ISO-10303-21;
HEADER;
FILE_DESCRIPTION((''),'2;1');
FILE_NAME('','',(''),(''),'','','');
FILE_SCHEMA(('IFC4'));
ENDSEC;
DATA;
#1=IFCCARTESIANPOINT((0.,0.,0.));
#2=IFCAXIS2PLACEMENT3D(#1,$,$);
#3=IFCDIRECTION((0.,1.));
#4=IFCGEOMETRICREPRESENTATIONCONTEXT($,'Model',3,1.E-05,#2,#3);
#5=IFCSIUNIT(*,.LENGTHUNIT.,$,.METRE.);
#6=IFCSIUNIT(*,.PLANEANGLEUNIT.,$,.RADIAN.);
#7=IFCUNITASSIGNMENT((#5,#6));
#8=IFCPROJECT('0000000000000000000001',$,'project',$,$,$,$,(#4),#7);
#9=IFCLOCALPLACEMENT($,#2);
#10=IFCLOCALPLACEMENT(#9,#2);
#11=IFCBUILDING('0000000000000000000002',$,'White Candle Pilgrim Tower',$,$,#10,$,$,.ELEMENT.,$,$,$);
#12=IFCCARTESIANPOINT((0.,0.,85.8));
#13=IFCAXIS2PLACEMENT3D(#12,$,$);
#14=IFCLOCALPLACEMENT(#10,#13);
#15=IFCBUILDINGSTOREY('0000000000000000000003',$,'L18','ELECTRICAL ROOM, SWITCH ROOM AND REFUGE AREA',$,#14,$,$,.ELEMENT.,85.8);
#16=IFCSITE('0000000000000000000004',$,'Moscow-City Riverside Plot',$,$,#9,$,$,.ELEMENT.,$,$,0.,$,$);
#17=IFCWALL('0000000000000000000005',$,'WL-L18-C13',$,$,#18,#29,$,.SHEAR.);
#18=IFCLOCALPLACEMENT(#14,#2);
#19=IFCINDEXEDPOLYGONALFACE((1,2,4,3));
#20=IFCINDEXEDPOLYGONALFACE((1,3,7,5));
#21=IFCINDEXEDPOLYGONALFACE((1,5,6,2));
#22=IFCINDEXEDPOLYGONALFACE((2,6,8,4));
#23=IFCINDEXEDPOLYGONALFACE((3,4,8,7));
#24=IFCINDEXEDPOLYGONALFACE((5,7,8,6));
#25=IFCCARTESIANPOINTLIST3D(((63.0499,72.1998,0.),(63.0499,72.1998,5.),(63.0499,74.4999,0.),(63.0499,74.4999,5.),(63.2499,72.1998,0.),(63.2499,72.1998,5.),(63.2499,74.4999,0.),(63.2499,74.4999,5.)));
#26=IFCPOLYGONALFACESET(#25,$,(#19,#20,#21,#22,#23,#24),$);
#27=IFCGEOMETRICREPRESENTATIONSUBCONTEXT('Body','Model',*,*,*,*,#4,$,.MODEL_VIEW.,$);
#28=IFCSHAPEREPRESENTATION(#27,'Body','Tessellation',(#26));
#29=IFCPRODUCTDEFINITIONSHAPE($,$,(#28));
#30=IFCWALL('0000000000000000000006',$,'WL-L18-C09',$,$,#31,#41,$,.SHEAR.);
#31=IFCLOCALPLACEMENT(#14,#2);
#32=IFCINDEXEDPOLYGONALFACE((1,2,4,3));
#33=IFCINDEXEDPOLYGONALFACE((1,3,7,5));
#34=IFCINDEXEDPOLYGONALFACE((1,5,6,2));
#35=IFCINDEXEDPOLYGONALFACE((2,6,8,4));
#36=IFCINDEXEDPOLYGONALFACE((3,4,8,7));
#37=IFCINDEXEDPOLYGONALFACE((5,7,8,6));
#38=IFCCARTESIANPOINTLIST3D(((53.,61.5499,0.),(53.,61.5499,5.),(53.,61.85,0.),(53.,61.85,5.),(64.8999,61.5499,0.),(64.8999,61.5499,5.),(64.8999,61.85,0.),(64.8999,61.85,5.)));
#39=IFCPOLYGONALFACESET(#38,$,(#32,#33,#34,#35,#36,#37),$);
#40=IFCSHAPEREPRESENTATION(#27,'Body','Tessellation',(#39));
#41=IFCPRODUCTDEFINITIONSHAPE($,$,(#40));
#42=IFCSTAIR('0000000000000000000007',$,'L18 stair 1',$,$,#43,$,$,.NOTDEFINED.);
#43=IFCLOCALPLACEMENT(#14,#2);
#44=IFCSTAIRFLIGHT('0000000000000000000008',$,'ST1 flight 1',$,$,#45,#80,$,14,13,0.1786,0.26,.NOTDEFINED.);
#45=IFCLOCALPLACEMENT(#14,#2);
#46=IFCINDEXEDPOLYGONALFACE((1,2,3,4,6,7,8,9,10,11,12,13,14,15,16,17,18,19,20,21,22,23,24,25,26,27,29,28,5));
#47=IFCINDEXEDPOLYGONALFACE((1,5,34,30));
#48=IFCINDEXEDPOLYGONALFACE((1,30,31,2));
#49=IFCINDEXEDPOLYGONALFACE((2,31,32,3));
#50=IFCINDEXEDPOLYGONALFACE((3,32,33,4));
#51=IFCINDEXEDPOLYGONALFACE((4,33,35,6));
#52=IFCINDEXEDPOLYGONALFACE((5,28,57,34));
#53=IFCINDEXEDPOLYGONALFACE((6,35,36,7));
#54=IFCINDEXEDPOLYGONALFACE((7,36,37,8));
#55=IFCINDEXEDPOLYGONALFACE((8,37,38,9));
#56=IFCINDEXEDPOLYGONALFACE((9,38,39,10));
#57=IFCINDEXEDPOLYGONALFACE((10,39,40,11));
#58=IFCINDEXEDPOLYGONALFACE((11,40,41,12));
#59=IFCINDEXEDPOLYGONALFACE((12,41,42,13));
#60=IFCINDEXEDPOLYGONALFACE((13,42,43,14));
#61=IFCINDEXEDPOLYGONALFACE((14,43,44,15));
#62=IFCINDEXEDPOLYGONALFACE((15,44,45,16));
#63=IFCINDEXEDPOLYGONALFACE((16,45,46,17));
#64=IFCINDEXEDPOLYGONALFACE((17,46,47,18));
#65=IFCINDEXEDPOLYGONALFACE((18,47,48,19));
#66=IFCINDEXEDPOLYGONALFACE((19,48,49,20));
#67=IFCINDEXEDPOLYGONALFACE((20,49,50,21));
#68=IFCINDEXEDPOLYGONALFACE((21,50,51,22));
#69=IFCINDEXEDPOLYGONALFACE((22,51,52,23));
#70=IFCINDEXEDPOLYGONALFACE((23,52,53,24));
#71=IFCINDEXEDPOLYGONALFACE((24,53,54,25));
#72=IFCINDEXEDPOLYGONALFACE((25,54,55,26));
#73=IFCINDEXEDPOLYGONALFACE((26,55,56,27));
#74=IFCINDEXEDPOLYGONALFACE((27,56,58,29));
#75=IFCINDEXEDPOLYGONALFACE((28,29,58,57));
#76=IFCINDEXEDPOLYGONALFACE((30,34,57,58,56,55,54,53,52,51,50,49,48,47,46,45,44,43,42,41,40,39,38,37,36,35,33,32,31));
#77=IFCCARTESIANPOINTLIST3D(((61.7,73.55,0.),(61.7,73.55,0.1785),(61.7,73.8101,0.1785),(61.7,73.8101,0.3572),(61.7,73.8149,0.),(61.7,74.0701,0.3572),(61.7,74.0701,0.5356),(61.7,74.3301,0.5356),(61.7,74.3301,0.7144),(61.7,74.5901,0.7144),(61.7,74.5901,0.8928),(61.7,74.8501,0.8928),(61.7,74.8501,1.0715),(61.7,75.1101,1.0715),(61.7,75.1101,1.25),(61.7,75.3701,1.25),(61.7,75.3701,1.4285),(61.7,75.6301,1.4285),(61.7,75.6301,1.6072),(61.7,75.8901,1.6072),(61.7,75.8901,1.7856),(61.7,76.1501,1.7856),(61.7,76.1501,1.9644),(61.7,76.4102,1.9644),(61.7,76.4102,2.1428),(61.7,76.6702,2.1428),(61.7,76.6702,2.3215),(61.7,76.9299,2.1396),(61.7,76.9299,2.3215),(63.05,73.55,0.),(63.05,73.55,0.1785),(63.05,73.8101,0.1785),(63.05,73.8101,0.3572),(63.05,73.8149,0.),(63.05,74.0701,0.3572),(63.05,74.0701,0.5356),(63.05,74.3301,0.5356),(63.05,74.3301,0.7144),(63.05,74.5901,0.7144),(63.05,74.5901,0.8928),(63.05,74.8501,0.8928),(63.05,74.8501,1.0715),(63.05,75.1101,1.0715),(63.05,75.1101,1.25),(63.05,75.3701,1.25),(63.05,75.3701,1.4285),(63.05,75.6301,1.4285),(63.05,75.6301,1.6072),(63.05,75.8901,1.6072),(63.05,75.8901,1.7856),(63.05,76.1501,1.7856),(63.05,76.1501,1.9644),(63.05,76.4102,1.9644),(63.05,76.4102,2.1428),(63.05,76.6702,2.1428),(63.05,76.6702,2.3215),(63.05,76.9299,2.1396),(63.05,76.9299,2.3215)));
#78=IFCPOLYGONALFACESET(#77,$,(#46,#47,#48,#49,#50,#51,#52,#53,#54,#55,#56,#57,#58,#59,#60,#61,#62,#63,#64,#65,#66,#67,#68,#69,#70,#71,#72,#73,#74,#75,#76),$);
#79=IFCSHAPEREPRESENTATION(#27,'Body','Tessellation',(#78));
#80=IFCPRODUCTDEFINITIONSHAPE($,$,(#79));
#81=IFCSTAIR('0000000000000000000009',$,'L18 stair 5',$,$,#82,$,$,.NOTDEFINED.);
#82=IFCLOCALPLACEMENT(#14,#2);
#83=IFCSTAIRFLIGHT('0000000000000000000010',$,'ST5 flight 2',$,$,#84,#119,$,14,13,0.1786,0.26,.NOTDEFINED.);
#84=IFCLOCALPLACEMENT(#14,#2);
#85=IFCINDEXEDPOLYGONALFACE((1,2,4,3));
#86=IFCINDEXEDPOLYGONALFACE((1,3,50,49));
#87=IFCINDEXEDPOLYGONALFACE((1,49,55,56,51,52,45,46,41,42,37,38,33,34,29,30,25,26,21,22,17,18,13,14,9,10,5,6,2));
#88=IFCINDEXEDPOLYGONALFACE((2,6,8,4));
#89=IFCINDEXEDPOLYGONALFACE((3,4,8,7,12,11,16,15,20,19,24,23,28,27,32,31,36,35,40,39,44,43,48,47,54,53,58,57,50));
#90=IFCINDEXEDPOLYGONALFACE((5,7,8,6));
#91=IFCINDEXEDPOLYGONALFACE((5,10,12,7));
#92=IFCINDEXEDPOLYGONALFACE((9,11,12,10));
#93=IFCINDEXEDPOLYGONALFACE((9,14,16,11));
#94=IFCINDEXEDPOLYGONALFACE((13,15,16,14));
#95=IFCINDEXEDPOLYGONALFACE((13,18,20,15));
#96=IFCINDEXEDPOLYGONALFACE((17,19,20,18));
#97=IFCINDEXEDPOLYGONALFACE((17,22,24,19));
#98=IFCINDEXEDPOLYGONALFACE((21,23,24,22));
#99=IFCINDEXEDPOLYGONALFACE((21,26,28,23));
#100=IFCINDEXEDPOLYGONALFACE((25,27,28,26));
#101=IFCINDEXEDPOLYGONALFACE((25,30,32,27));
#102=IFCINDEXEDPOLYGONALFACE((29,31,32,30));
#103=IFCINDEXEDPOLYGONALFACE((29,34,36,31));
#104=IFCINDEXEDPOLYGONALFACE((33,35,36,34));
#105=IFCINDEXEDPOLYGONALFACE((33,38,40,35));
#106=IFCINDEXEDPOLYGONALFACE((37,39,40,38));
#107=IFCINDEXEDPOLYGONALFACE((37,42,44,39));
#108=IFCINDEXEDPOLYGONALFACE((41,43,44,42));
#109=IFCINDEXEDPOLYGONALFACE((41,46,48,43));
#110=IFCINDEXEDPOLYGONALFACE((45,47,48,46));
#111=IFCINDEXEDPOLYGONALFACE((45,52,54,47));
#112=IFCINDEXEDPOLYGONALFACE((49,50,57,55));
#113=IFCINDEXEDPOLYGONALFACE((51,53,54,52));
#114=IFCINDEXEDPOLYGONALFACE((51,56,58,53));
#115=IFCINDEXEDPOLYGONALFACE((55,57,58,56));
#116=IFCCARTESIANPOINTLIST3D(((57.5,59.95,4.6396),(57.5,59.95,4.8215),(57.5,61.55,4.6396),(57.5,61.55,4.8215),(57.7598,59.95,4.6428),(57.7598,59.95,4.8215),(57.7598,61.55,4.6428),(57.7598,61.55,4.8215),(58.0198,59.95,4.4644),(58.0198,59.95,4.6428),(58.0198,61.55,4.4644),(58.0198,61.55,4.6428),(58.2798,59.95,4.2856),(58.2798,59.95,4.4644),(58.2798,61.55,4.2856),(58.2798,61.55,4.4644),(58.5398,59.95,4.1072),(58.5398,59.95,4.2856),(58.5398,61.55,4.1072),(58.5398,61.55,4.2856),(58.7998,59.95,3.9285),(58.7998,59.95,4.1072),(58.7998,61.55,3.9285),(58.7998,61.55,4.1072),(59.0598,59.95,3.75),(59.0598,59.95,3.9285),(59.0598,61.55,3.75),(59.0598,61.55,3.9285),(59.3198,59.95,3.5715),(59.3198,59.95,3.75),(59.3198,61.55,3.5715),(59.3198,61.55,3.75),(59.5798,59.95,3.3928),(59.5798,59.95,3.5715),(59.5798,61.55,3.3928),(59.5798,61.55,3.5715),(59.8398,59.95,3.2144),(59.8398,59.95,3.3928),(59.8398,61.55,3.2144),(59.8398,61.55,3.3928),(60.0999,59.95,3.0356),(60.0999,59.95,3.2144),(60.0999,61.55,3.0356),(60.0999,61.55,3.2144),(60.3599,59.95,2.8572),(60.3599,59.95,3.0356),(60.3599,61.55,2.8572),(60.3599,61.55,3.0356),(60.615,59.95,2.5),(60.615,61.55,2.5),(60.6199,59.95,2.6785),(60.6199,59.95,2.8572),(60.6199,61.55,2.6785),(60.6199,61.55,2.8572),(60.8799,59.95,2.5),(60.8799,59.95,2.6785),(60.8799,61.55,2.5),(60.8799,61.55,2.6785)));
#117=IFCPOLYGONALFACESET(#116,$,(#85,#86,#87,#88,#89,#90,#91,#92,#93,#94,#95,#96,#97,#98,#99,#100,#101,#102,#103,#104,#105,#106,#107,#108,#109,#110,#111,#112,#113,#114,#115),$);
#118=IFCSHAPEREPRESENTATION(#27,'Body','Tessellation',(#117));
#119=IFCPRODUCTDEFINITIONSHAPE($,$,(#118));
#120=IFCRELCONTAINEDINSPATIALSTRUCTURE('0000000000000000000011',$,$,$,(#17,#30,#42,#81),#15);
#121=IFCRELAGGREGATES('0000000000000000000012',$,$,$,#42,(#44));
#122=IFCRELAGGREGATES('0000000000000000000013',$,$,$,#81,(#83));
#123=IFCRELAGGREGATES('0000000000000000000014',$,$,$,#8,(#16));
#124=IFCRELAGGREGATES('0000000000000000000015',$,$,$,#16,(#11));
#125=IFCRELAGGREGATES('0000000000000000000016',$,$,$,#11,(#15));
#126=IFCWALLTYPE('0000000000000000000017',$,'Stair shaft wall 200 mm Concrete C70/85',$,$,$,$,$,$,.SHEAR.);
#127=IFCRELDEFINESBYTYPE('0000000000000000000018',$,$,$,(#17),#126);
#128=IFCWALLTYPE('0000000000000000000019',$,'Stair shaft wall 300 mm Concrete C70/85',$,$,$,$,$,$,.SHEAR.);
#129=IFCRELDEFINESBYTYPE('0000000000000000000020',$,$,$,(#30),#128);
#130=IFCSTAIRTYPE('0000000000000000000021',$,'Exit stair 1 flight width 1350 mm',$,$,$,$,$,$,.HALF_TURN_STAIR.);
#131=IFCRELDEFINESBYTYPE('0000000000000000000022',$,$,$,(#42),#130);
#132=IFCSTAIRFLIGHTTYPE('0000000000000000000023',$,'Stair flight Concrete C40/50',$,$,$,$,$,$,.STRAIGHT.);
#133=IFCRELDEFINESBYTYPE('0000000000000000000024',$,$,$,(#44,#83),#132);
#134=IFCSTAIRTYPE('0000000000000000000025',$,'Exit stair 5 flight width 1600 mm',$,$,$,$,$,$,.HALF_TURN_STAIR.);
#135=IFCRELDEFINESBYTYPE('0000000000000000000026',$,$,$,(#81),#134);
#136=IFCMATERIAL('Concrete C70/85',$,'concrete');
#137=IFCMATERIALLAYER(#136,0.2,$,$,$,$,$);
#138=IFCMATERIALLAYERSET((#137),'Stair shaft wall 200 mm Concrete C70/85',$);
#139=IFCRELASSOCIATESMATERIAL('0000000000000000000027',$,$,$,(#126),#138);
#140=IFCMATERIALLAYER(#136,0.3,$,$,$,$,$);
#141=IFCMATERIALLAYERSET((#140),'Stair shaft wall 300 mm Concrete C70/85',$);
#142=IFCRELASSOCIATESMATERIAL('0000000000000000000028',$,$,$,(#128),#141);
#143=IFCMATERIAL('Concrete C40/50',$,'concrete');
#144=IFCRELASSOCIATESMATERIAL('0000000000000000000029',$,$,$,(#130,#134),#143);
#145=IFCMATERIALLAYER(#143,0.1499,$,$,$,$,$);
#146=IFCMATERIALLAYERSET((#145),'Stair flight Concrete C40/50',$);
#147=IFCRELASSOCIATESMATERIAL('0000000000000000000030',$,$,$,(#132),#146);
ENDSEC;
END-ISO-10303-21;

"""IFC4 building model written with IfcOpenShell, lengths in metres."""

from ifc_helpers import new_model, si_unit, direction, frame, frame_2d, origin, place, context, subcontext, project, spatial, polyline, rectangle, outline, extrude, material, layer, layer_set, type_object, element, aggregate, save


model = new_model("IFC4")

# Units and contexts
model_context = context("Model", 3, precision=1e-05, world=origin(), true_north=direction((0.0, 1.0)))
body_context = subcontext(model_context, "Body", "Model", "MODEL_VIEW")
ifc_project = project(units=[si_unit("LENGTHUNIT", "METRE"), si_unit("PLANEANGLEUNIT", "RADIAN")], contexts=[model_context])

# Site, building, storey
site_placement = place(None, origin())
site = spatial("IfcSite", under=ifc_project, at=site_placement, Name="Moscow-City Riverside Plot", CompositionType="ELEMENT", RefElevation=0.0)
building_placement = place(site_placement, origin())
building = spatial("IfcBuilding", under=site, at=building_placement, Name="White Candle Pilgrim Tower", CompositionType="ELEMENT")
storey_placement = place(building_placement, frame((0.0, 0.0, 85.8)))
storey = spatial("IfcBuildingStorey", under=building, at=storey_placement, Name="L18", Description="ELECTRICAL ROOM, SWITCH ROOM AND REFUGE AREA", CompositionType="ELEMENT", Elevation=85.8)

# Shared definitions
ifc_material_1 = material(Name="Concrete C70/85", Category="concrete")

# Walls
ifc_layer_1 = layer(ifc_material_1, 0.2)
ifc_layer_set_1 = layer_set([ifc_layer_1], Name="Stair shaft wall 200 mm Concrete C70/85")
wall_type_1 = type_object("IfcWallType", Name="Stair shaft wall 200 mm Concrete C70/85", PredefinedType="SHEAR", material=ifc_layer_set_1)
wall_1_placement = place(storey_placement, frame((63.1499, 72.2, 0.0), z_axis=(0.0, 0.0, 1.0), x_axis=(0.0, 1.0, 0.0)))
element("IfcWall", 1, at=wall_1_placement, inside=storey, type_object=wall_type_1, Name="WL-L18-C13", PredefinedType="SHEAR", context=body_context, shape_type="SweptSolid", body=[
    extrude(rectangle(XDim=2.3, YDim=0.2, at=frame_2d((1.1499, 0.0))), origin(), (0.0, 0.0, 1.0), 5.0),
])
ifc_layer_2 = layer(ifc_material_1, 0.3)
ifc_layer_set_2 = layer_set([ifc_layer_2], Name="Stair shaft wall 300 mm Concrete C70/85")
wall_type_2 = type_object("IfcWallType", Name="Stair shaft wall 300 mm Concrete C70/85", PredefinedType="SHEAR", material=ifc_layer_set_2)
wall_2_placement = place(storey_placement, frame((53.0, 61.7, 0.0), z_axis=(0.0, 0.0, 1.0), x_axis=(1.0, 0.0, 0.0)))
element("IfcWall", 2, at=wall_2_placement, inside=storey, type_object=wall_type_2, Name="WL-L18-C09", PredefinedType="SHEAR", context=body_context, shape_type="SweptSolid", body=[
    extrude(rectangle(XDim=11.8999, YDim=0.3, at=frame_2d((5.95, 0.0))), origin(), (0.0, 0.0, 1.0), 5.0),
])

# Stairs, stair flights
ifc_material_2 = material(Name="Concrete C40/50", Category="concrete")
stair_type_1 = type_object("IfcStairType", Name="Exit stair 1 flight width 1350 mm", PredefinedType="HALF_TURN_STAIR", material=ifc_material_2)
stair_1_placement = place(storey_placement, origin())
stair_1 = element("IfcStair", 3, at=stair_1_placement, inside=storey, type_object=stair_type_1, Name="L18 stair 1", PredefinedType="NOTDEFINED")
ifc_layer_3 = layer(ifc_material_2, 0.1499)
ifc_layer_set_3 = layer_set([ifc_layer_3], Name="Stair flight Concrete C40/50")
stair_flight_type = type_object("IfcStairFlightType", Name="Stair flight Concrete C40/50", PredefinedType="STRAIGHT", material=ifc_layer_set_3)
stair_flight_1_placement = place(storey_placement, frame((62.375, 73.55, 0.0), z_axis=(0.0, 0.0, 1.0), x_axis=(0.0, 1.0, 0.0)))
stair_flight_1 = element("IfcStairFlight", 4, at=stair_flight_1_placement, type_object=stair_flight_type, Name="ST1 flight 1", NumberOfRisers=14, NumberOfTreads=13, PredefinedType="NOTDEFINED", RiserHeight=0.1786, TreadLength=0.26, context=body_context, shape_type="SweptSolid", body=[
    extrude(outline(polyline([(0.0, 0.0), (0.0, 0.1785), (0.26, 0.1785), (0.26, 0.3572), (0.52, 0.3572), (0.52, 0.5356), (0.78, 0.5356), (0.78, 0.7144), (1.04, 0.7144), (1.04, 0.8928), (1.3, 0.8928), (1.3, 1.0715), (1.5601, 1.0715), (1.5601, 1.25), (1.8201, 1.25), (1.8201, 1.4285), (2.0801, 1.4285), (2.0801, 1.6072), (2.3401, 1.6072), (2.3401, 1.7856), (2.6001, 1.7856), (2.6001, 1.9644), (2.8601, 1.9644), (2.8601, 2.1428), (3.1201, 2.1428), (3.1201, 2.3215), (3.3799, 2.3215), (3.3799, 2.5), (3.3799, 2.1396), (0.2649, 0.0), (0.0, 0.0)])), frame((0.0, 0.675, 0.0), z_axis=(0.0, -1.0, 0.0), x_axis=(1.0, 0.0, 0.0)), (0.0, 0.0, 1.0), 1.3501),
])
aggregate(stair_1, [stair_flight_1])
stair_type_2 = type_object("IfcStairType", Name="Exit stair 5 flight width 1600 mm", PredefinedType="HALF_TURN_STAIR", material=ifc_material_2)
stair_2_placement = place(storey_placement, origin())
stair_2 = element("IfcStair", 5, at=stair_2_placement, inside=storey, type_object=stair_type_2, Name="L18 stair 5", PredefinedType="NOTDEFINED")
stair_flight_2_placement = place(storey_placement, frame((60.8799, 60.75, 2.5), z_axis=(0.0, 0.0, 1.0), x_axis=(-1.0, 0.0, 0.0)))
stair_flight_2 = element("IfcStairFlight", 6, at=stair_flight_2_placement, type_object=stair_flight_type, Name="ST5 flight 2", NumberOfRisers=14, NumberOfTreads=13, PredefinedType="NOTDEFINED", RiserHeight=0.1786, TreadLength=0.26, context=body_context, shape_type="SweptSolid", body=[
    extrude(outline(polyline([(0.0, 0.0), (0.0, 0.1785), (0.26, 0.1785), (0.26, 0.3572), (0.52, 0.3572), (0.52, 0.5356), (0.78, 0.5356), (0.78, 0.7144), (1.04, 0.7144), (1.04, 0.8928), (1.3, 0.8928), (1.3, 1.0715), (1.5601, 1.0715), (1.5601, 1.25), (1.8201, 1.25), (1.8201, 1.4285), (2.0801, 1.4285), (2.0801, 1.6072), (2.3401, 1.6072), (2.3401, 1.7856), (2.6001, 1.7856), (2.6001, 1.9644), (2.8601, 1.9644), (2.8601, 2.1428), (3.1201, 2.1428), (3.1201, 2.3215), (3.3799, 2.3215), (3.3799, 2.5), (3.3799, 2.1396), (0.2649, 0.0), (0.0, 0.0)])), frame((0.0, 0.8, 0.0), z_axis=(0.0, -1.0, 0.0), x_axis=(1.0, 0.0, 0.0)), (0.0, 0.0, 1.0), 1.6001),
])
aggregate(stair_2, [stair_flight_2])

save(model, "model.ifc")
